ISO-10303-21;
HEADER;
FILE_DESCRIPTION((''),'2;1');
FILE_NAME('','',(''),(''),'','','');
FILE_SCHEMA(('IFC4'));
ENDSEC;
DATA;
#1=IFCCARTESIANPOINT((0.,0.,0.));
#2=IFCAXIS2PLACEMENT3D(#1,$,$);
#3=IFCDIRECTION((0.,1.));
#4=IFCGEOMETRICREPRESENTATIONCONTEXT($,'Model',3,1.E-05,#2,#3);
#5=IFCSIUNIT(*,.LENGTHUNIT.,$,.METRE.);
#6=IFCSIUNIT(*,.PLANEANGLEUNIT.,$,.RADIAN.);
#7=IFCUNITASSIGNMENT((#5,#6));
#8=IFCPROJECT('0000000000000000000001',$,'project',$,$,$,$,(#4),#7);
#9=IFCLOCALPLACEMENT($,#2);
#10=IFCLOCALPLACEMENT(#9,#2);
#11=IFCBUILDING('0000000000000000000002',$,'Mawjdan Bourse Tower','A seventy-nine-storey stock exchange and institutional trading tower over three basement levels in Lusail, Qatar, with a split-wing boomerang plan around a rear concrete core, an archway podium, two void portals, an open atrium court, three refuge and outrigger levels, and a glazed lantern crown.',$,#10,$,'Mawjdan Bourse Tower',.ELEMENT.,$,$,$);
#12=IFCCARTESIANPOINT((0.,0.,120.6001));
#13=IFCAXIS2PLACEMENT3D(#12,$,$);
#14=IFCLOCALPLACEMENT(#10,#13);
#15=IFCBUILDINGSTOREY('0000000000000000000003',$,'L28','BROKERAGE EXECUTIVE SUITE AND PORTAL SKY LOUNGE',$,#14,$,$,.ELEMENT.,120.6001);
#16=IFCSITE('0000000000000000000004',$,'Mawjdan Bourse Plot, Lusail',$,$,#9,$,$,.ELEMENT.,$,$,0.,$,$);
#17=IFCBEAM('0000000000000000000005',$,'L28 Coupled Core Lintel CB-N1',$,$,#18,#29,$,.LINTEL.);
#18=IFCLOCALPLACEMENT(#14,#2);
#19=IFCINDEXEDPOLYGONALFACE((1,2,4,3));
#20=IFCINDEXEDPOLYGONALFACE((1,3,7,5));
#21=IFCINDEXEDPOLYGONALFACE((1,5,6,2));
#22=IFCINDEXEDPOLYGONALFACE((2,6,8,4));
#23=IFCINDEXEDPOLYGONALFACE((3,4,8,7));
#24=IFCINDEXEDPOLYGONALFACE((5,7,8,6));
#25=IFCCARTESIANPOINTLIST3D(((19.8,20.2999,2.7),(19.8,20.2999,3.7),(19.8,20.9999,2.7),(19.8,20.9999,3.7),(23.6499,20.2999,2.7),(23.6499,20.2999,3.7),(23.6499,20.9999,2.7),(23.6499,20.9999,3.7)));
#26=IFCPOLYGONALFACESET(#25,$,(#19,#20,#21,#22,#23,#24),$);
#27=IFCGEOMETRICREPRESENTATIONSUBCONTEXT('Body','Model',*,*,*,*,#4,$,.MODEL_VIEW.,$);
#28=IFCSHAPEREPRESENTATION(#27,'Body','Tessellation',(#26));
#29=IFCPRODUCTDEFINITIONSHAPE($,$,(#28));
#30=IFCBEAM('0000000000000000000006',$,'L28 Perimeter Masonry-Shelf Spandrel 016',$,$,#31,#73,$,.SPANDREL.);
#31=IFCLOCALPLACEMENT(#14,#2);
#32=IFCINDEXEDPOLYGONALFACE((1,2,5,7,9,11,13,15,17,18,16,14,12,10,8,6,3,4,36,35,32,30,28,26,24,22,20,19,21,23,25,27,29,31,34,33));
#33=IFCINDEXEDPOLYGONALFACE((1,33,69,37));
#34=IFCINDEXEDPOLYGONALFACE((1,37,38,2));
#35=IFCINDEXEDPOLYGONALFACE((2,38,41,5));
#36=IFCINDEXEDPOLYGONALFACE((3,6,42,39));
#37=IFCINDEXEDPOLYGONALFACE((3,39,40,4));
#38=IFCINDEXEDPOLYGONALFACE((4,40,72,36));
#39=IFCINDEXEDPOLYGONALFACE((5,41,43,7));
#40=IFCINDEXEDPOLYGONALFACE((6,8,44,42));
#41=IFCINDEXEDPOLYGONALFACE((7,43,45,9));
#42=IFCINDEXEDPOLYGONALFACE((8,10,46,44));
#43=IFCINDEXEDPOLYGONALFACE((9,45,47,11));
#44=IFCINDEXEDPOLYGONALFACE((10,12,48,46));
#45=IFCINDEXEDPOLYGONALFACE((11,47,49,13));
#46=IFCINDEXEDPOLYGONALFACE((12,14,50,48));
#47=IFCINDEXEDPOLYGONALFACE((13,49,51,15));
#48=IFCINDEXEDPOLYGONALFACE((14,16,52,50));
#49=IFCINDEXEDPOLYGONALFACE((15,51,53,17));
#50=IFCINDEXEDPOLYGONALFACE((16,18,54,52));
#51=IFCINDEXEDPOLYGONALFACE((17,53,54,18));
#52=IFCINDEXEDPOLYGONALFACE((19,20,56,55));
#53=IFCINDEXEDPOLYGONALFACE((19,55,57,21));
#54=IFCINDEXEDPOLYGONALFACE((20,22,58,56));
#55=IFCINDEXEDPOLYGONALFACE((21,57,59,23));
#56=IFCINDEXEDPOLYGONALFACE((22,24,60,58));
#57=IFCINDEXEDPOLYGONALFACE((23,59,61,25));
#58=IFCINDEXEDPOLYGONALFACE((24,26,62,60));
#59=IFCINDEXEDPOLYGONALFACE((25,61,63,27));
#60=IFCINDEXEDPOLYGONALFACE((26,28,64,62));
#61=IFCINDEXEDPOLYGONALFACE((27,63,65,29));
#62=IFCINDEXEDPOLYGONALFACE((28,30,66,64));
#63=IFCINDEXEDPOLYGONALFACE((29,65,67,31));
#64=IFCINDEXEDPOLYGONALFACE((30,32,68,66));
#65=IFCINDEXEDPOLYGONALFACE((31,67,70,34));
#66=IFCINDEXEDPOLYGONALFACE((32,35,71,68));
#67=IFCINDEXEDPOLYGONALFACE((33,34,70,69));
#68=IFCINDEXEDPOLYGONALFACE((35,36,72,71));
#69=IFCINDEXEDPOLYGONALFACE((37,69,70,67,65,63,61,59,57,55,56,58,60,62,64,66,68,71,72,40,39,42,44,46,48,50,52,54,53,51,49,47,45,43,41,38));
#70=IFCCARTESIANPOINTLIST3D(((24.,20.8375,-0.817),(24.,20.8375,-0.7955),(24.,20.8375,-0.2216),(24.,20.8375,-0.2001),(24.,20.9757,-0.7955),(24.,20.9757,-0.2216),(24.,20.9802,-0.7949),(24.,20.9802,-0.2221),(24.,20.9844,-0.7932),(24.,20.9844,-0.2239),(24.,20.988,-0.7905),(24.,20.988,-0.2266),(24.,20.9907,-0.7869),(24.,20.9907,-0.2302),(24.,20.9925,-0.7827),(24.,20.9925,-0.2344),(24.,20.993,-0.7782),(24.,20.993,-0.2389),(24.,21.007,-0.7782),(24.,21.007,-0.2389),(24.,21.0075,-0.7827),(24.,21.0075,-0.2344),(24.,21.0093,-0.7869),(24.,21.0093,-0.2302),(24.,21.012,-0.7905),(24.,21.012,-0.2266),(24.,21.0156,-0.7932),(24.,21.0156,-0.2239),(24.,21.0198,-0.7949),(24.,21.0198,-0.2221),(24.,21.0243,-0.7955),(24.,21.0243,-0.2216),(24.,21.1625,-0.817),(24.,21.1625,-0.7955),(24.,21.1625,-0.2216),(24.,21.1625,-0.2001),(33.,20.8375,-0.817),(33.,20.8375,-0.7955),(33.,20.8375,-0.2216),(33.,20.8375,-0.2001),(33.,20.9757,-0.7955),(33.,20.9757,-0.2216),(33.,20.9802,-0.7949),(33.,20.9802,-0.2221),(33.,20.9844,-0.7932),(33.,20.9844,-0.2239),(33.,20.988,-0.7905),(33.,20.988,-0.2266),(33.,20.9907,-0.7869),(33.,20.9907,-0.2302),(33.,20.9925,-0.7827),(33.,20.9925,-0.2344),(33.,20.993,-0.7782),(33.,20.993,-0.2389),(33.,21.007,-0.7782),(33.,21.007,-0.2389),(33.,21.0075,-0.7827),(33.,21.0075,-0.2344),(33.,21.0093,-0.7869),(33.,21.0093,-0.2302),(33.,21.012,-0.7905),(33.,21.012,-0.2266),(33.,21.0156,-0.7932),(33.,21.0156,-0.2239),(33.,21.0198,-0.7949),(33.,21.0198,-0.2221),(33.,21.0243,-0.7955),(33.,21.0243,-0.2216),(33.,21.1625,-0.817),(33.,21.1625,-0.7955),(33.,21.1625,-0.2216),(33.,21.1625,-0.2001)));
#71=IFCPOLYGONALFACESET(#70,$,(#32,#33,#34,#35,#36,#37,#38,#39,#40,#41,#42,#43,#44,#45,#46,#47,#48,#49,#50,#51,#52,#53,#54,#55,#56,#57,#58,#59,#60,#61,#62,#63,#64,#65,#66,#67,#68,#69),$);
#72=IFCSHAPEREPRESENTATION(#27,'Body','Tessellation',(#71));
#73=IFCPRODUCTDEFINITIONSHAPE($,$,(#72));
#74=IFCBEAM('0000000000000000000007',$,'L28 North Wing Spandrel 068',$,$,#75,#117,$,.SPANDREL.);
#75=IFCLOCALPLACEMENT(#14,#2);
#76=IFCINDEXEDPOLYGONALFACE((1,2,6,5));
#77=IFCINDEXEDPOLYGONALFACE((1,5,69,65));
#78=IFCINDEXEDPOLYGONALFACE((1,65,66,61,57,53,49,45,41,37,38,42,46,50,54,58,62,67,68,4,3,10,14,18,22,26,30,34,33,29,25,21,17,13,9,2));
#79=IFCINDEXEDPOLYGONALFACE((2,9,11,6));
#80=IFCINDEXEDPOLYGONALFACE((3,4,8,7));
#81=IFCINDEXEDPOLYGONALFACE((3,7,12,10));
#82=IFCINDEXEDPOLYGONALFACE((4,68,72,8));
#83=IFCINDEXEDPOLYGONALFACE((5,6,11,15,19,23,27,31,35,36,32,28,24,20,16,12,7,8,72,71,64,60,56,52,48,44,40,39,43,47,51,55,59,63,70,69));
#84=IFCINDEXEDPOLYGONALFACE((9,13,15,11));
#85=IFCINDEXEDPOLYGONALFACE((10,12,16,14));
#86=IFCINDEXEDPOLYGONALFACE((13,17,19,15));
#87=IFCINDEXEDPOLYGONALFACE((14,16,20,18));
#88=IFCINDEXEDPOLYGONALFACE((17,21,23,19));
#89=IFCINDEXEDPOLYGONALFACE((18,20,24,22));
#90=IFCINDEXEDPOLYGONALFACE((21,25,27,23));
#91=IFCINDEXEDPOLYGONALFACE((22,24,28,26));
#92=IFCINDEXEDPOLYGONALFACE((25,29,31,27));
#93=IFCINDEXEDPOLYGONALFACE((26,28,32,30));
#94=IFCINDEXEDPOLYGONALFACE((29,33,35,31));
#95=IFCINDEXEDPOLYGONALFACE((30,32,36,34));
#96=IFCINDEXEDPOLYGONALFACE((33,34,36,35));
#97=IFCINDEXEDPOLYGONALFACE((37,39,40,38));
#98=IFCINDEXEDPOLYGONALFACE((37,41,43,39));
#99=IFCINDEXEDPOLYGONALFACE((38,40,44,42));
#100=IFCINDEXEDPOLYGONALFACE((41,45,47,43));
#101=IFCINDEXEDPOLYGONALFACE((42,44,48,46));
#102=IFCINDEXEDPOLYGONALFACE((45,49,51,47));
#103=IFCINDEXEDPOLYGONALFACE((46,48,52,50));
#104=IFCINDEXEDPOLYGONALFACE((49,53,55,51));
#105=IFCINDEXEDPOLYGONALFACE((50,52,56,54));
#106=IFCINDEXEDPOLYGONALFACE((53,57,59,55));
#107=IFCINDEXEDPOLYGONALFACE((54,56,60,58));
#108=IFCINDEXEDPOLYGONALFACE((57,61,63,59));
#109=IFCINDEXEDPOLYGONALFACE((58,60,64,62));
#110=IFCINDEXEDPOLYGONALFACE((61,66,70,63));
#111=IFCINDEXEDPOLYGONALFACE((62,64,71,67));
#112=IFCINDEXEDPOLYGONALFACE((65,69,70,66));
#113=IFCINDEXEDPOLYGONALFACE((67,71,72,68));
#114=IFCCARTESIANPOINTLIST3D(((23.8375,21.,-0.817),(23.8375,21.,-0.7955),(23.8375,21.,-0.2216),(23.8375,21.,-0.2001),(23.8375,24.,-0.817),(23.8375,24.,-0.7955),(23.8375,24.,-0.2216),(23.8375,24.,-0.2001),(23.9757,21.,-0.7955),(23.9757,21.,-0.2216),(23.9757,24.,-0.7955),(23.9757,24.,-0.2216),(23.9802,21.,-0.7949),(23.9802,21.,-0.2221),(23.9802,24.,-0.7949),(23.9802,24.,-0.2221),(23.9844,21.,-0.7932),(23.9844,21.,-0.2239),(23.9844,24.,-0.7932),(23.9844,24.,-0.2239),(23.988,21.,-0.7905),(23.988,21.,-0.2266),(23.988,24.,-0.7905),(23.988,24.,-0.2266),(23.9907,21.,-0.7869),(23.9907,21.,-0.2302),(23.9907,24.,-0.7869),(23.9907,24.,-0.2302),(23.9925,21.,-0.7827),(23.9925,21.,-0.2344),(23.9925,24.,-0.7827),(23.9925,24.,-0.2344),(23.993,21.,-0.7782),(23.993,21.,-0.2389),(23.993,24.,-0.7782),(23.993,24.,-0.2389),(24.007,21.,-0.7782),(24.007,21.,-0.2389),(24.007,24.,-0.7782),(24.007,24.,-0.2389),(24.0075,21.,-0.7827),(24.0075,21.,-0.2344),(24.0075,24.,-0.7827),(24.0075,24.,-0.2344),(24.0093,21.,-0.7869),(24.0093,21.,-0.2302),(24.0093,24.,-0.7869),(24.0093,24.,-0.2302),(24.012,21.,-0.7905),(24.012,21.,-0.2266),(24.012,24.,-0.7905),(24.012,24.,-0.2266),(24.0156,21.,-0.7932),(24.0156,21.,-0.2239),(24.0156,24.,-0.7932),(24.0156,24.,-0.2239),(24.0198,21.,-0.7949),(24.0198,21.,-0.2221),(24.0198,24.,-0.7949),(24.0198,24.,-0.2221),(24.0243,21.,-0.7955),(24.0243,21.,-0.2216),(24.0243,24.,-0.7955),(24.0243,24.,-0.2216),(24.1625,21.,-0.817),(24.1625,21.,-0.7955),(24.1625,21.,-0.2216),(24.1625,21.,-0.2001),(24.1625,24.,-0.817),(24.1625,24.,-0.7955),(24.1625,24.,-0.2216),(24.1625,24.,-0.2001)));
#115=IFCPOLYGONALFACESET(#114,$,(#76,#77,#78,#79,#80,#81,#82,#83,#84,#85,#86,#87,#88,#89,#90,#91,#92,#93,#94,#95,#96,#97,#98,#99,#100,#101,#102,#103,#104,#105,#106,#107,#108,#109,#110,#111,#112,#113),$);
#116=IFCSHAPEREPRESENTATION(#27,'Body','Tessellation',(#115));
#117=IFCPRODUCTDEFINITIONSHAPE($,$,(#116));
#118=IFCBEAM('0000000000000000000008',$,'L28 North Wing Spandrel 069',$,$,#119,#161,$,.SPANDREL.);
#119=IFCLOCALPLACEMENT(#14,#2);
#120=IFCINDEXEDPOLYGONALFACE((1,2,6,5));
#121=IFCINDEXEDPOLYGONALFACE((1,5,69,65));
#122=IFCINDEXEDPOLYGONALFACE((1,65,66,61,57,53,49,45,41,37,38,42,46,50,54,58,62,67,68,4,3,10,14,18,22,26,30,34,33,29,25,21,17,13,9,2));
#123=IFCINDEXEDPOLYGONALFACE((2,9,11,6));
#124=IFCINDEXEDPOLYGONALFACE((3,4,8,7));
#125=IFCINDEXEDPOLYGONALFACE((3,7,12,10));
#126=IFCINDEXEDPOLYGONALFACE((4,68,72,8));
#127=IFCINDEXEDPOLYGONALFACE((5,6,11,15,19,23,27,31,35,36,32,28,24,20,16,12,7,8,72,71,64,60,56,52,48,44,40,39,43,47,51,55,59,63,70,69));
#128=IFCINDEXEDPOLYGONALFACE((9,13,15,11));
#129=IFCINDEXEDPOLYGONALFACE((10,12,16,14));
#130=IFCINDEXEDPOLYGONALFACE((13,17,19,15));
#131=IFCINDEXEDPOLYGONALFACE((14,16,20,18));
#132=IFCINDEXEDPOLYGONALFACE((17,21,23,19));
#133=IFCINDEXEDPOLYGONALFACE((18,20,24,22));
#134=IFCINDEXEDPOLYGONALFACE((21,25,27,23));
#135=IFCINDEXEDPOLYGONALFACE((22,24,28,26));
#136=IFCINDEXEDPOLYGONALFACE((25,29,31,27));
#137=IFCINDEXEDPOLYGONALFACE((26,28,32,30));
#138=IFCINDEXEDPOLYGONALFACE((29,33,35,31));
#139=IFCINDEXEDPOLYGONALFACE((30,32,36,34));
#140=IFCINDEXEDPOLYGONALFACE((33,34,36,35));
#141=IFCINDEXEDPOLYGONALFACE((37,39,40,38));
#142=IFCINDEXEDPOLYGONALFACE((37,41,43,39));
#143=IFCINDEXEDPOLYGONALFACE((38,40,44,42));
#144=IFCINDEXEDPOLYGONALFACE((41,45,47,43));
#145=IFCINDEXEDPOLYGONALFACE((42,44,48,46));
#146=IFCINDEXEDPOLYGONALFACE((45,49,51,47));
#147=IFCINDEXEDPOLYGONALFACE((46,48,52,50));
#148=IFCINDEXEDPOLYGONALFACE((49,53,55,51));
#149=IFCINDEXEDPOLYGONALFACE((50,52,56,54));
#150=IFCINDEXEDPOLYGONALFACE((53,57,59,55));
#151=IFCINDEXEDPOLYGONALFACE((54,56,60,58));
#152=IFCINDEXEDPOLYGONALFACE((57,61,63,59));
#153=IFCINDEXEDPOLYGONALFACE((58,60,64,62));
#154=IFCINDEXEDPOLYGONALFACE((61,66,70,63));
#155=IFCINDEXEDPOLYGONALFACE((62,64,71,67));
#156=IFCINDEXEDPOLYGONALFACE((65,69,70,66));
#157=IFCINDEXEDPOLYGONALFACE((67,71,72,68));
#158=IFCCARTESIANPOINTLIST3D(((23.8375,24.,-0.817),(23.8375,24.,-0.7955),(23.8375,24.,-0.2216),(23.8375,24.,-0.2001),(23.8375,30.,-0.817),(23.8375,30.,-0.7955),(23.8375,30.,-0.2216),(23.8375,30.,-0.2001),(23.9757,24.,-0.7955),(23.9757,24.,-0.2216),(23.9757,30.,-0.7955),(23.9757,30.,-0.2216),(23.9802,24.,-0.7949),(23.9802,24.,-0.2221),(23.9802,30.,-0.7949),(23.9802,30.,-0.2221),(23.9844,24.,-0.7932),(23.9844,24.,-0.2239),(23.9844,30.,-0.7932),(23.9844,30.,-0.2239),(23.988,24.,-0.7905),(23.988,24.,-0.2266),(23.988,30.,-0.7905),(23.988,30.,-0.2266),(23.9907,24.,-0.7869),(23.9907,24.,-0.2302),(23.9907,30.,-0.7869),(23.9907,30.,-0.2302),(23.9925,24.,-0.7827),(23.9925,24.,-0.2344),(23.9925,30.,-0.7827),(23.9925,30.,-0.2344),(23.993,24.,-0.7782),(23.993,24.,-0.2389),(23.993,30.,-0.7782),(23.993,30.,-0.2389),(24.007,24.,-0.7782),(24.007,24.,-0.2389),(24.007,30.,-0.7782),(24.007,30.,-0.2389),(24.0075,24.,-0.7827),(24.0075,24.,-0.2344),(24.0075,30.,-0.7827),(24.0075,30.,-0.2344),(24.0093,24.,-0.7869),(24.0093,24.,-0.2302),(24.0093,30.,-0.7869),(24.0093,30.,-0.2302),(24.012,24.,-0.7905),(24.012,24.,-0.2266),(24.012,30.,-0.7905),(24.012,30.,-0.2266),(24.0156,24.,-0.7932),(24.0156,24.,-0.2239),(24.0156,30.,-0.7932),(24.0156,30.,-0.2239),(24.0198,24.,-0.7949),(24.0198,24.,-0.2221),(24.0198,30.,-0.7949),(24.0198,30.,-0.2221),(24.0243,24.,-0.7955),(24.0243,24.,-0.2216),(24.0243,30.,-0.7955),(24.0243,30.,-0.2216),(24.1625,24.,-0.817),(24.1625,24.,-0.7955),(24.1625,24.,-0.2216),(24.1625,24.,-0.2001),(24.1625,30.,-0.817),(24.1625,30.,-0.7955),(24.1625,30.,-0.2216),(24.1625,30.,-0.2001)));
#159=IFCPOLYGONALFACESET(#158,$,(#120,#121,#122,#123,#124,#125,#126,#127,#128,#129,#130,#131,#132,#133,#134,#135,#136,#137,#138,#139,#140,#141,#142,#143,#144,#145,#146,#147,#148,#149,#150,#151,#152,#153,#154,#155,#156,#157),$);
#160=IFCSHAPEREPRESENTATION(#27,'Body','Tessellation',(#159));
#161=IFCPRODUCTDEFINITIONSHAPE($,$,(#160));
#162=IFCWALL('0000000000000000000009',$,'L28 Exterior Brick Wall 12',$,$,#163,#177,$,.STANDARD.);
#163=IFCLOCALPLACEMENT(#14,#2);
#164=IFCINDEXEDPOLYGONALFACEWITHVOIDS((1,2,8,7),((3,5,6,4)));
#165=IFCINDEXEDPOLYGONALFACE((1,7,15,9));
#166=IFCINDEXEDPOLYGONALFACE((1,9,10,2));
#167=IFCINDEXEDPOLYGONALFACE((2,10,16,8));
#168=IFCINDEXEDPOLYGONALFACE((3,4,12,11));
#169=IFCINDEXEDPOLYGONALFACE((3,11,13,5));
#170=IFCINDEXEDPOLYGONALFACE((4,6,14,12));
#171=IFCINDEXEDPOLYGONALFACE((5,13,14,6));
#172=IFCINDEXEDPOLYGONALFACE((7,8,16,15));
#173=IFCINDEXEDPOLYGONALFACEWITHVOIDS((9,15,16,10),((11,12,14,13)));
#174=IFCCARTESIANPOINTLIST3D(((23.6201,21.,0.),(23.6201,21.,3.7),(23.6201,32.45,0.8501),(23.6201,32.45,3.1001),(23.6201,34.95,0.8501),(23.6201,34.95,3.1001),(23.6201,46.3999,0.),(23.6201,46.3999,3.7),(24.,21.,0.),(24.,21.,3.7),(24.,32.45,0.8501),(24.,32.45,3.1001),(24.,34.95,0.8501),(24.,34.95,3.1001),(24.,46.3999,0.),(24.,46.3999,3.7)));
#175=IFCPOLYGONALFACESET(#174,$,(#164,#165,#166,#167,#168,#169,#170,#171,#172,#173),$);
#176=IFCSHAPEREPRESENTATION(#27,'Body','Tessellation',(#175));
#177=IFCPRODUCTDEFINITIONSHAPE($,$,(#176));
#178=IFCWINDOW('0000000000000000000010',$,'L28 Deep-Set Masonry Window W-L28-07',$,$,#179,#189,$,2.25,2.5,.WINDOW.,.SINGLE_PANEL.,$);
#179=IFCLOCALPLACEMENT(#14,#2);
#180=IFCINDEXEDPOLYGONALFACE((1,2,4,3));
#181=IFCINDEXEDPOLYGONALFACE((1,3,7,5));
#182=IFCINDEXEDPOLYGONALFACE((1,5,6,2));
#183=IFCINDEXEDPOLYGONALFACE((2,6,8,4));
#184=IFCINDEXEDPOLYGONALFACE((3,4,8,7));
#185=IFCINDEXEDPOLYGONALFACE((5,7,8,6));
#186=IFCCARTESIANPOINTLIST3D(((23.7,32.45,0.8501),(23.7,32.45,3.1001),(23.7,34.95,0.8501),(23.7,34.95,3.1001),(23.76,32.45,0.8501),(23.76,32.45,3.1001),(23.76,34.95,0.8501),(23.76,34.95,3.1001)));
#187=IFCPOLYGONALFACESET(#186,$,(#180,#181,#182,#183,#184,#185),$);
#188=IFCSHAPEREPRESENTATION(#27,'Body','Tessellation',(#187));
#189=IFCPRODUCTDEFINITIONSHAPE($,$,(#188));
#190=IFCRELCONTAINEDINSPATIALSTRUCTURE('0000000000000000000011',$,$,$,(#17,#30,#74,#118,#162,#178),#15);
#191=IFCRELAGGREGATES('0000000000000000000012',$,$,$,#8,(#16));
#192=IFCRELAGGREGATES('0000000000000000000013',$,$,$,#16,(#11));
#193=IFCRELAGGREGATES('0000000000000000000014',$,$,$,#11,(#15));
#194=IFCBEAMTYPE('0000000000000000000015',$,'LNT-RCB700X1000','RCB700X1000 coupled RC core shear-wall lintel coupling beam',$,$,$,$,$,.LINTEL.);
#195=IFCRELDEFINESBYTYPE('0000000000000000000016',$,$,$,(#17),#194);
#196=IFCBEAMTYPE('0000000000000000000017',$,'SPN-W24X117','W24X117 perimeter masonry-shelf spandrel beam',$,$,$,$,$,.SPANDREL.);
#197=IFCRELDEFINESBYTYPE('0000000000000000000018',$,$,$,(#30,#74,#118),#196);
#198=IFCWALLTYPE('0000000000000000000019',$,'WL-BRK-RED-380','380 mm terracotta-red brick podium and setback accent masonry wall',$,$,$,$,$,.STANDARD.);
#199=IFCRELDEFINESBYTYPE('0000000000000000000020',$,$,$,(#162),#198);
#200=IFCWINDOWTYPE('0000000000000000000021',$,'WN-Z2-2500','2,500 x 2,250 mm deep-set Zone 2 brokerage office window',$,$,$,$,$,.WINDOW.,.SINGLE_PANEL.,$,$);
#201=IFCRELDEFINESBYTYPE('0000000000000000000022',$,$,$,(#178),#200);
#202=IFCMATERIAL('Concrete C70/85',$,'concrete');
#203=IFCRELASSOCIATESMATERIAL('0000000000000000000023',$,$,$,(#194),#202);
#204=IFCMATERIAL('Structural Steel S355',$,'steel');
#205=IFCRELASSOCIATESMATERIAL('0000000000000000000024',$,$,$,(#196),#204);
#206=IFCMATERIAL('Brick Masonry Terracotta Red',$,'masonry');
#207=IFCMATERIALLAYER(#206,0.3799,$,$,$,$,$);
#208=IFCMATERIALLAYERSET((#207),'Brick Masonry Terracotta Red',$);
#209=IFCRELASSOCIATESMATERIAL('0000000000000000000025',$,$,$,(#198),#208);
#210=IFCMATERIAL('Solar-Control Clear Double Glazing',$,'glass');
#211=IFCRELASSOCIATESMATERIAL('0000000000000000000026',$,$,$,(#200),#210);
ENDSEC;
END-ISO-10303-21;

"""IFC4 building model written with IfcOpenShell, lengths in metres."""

from ifc_helpers import new_model, si_unit, direction, frame, frame_2d, origin, origin_2d, place, context, subcontext, project, spatial, rectangle, i_section, extrude, material, layer, layer_set, material_profile, profile_set, type_object, element, fill, save


model = new_model("IFC4")

# Units and contexts
model_context = context("Model", 3, precision=1e-05, world=origin(), true_north=direction((0.0, 1.0)))
body_context = subcontext(model_context, "Body", "Model", "MODEL_VIEW")
ifc_project = project(units=[si_unit("LENGTHUNIT", "METRE"), si_unit("PLANEANGLEUNIT", "RADIAN")], contexts=[model_context])

# Site, building, storey
site_placement = place(None, origin())
site = spatial("IfcSite", under=ifc_project, at=site_placement, Name="Mawjdan Bourse Plot, Lusail", CompositionType="ELEMENT", RefElevation=0.0)
building_placement = place(site_placement, origin())
building = spatial("IfcBuilding", under=site, at=building_placement, Name="Mawjdan Bourse Tower", Description="A seventy-nine-storey stock exchange and institutional trading tower over three basement levels in Lusail, Qatar, with a split-wing boomerang plan around a rear concrete core, an archway podium, two void portals, an open atrium court, three refuge and outrigger levels, and a glazed lantern crown.", LongName="Mawjdan Bourse Tower", CompositionType="ELEMENT")
storey_placement = place(building_placement, frame((0.0, 0.0, 120.6001)))
storey = spatial("IfcBuildingStorey", under=building, at=storey_placement, Name="L28", Description="BROKERAGE EXECUTIVE SUITE AND PORTAL SKY LOUNGE", CompositionType="ELEMENT", Elevation=120.6001)

# Shared definitions
ifc_material_1 = material(Name="Concrete C70/85", Category="concrete")

# Beams
ifc_material_2 = material(Name="Structural Steel S355", Category="steel")
ifc_material_profile_1 = material_profile(ifc_material_1, rectangle(XDim=0.7, YDim=1.0, at=origin_2d()), Name="RCB700X1000")
ifc_profile_set_1 = profile_set([ifc_material_profile_1], Name="Concrete C70/85")
beam_type_1 = type_object("IfcBeamType", Name="LNT-RCB700X1000", Description="RCB700X1000 coupled RC core shear-wall lintel coupling beam", PredefinedType="LINTEL", material=ifc_profile_set_1)
beam_1_placement = place(storey_placement, frame((19.8, 20.6499, 3.2), z_axis=(1.0, 0.0, 0.0), x_axis=(0.0, 1.0, 0.0)))
element("IfcBeam", 1, at=beam_1_placement, inside=storey, type_object=beam_type_1, Name="L28 Coupled Core Lintel CB-N1", PredefinedType="LINTEL", context=body_context, shape_type="SweptSolid", body=[
    extrude(rectangle(XDim=0.7, YDim=1.0, at=origin_2d()), origin(), (0.0, 0.0, 1.0), 3.8499),
])
ifc_material_profile_2 = material_profile(ifc_material_2, i_section(OverallWidth=0.325, OverallDepth=0.6169, WebThickness=0.0139, FlangeThickness=0.0215, FilletRadius=0.0173, at=origin_2d()), Name="W24X117")
ifc_profile_set_2 = profile_set([ifc_material_profile_2], Name="Structural Steel S355")
beam_type_2 = type_object("IfcBeamType", Name="SPN-W24X117", Description="W24X117 perimeter masonry-shelf spandrel beam", PredefinedType="SPANDREL", material=ifc_profile_set_2)
beam_2_placement = place(storey_placement, frame((24.0, 21.0, -0.5085), z_axis=(1.0, 0.0, 0.0), x_axis=(0.0, 1.0, 0.0)))
element("IfcBeam", 2, at=beam_2_placement, inside=storey, type_object=beam_type_2, Name="L28 Perimeter Masonry-Shelf Spandrel 016", PredefinedType="SPANDREL", context=body_context, shape_type="SweptSolid", body=[
    extrude(i_section(OverallWidth=0.325, OverallDepth=0.6169, WebThickness=0.0139, FlangeThickness=0.0215, FilletRadius=0.0173, at=origin_2d()), origin(), (0.0, 0.0, 1.0), 9.0),
])
beam_3_placement = place(storey_placement, frame((24.0, 21.0, -0.5085), z_axis=(0.0, 1.0, 0.0), x_axis=(-1.0, 0.0, 0.0)))
element("IfcBeam", 3, at=beam_3_placement, inside=storey, type_object=beam_type_2, Name="L28 North Wing Spandrel 068", PredefinedType="SPANDREL", context=body_context, shape_type="SweptSolid", body=[
    extrude(i_section(OverallWidth=0.325, OverallDepth=0.6169, WebThickness=0.0139, FlangeThickness=0.0215, FilletRadius=0.0173, at=origin_2d()), origin(), (0.0, 0.0, 1.0), 3.0),
])
beam_4_placement = place(storey_placement, frame((24.0, 24.0, -0.5085), z_axis=(0.0, 1.0, 0.0), x_axis=(-1.0, 0.0, 0.0)))
element("IfcBeam", 4, at=beam_4_placement, inside=storey, type_object=beam_type_2, Name="L28 North Wing Spandrel 069", PredefinedType="SPANDREL", context=body_context, shape_type="SweptSolid", body=[
    extrude(i_section(OverallWidth=0.325, OverallDepth=0.6169, WebThickness=0.0139, FlangeThickness=0.0215, FilletRadius=0.0173, at=origin_2d()), origin(), (0.0, 0.0, 1.0), 6.0),
])

# Wall, opening, window
ifc_material_3 = material(Name="Brick Masonry Terracotta Red", Category="masonry")
ifc_layer_1 = layer(ifc_material_3, 0.3799)
ifc_layer_set_1 = layer_set([ifc_layer_1], Name="Brick Masonry Terracotta Red")
wall_type_1 = type_object("IfcWallType", Name="WL-BRK-RED-380", Description="380 mm terracotta-red brick podium and setback accent masonry wall", PredefinedType="STANDARD", material=ifc_layer_set_1)
wall_1_placement = place(storey_placement, frame((23.8101, 21.0, 0.0), z_axis=(0.0, 0.0, 1.0), x_axis=(0.0, 1.0, 0.0)))
wall_1 = element("IfcWall", 5, at=wall_1_placement, inside=storey, type_object=wall_type_1, Name="L28 Exterior Brick Wall 12", PredefinedType="STANDARD", context=body_context, shape_type="SweptSolid", body=[
    extrude(rectangle(XDim=25.3999, YDim=0.3799, at=frame_2d((12.7, 0.0))), origin(), (0.0, 0.0, 1.0), 3.7),
])
opening_placement = place(wall_1_placement, frame((11.45, 0.0, 0.8501)))
opening = element("IfcOpeningElement", 6, at=opening_placement, cuts=wall_1, PredefinedType="OPENING", context=body_context, shape_type="SweptSolid", body=[
    extrude(rectangle(XDim=2.5, YDim=2.25, at=frame_2d((1.25, 1.125))), frame((0.0, 0.2, 0.0), z_axis=(0.0, -1.0, 0.0), x_axis=(1.0, 0.0, 0.0)), (0.0, 0.0, 1.0), 0.3999),
])
ifc_material_4 = material(Name="Solar-Control Clear Double Glazing", Category="glass")
window_type = type_object("IfcWindowType", Name="WN-Z2-2500", Description="2,500 x 2,250 mm deep-set Zone 2 brokerage office window", PartitioningType="SINGLE_PANEL", PredefinedType="WINDOW", material=ifc_material_4)
window_placement = place(opening_placement, origin())
window = element("IfcWindow", 7, at=window_placement, inside=storey, type_object=window_type, Name="L28 Deep-Set Masonry Window W-L28-07", OverallHeight=2.25, OverallWidth=2.5, PartitioningType="SINGLE_PANEL", PredefinedType="WINDOW", context=body_context, shape_type="SweptSolid", body=[
    extrude(rectangle(XDim=2.5, YDim=2.25, at=frame_2d((1.25, 1.125))), frame((0.0, 0.1101, 0.0), z_axis=(0.0, -1.0, 0.0), x_axis=(1.0, 0.0, 0.0)), (0.0, 0.0, 1.0), 0.0601),
])
fill(opening, window)

save(model, "model.ifc")
